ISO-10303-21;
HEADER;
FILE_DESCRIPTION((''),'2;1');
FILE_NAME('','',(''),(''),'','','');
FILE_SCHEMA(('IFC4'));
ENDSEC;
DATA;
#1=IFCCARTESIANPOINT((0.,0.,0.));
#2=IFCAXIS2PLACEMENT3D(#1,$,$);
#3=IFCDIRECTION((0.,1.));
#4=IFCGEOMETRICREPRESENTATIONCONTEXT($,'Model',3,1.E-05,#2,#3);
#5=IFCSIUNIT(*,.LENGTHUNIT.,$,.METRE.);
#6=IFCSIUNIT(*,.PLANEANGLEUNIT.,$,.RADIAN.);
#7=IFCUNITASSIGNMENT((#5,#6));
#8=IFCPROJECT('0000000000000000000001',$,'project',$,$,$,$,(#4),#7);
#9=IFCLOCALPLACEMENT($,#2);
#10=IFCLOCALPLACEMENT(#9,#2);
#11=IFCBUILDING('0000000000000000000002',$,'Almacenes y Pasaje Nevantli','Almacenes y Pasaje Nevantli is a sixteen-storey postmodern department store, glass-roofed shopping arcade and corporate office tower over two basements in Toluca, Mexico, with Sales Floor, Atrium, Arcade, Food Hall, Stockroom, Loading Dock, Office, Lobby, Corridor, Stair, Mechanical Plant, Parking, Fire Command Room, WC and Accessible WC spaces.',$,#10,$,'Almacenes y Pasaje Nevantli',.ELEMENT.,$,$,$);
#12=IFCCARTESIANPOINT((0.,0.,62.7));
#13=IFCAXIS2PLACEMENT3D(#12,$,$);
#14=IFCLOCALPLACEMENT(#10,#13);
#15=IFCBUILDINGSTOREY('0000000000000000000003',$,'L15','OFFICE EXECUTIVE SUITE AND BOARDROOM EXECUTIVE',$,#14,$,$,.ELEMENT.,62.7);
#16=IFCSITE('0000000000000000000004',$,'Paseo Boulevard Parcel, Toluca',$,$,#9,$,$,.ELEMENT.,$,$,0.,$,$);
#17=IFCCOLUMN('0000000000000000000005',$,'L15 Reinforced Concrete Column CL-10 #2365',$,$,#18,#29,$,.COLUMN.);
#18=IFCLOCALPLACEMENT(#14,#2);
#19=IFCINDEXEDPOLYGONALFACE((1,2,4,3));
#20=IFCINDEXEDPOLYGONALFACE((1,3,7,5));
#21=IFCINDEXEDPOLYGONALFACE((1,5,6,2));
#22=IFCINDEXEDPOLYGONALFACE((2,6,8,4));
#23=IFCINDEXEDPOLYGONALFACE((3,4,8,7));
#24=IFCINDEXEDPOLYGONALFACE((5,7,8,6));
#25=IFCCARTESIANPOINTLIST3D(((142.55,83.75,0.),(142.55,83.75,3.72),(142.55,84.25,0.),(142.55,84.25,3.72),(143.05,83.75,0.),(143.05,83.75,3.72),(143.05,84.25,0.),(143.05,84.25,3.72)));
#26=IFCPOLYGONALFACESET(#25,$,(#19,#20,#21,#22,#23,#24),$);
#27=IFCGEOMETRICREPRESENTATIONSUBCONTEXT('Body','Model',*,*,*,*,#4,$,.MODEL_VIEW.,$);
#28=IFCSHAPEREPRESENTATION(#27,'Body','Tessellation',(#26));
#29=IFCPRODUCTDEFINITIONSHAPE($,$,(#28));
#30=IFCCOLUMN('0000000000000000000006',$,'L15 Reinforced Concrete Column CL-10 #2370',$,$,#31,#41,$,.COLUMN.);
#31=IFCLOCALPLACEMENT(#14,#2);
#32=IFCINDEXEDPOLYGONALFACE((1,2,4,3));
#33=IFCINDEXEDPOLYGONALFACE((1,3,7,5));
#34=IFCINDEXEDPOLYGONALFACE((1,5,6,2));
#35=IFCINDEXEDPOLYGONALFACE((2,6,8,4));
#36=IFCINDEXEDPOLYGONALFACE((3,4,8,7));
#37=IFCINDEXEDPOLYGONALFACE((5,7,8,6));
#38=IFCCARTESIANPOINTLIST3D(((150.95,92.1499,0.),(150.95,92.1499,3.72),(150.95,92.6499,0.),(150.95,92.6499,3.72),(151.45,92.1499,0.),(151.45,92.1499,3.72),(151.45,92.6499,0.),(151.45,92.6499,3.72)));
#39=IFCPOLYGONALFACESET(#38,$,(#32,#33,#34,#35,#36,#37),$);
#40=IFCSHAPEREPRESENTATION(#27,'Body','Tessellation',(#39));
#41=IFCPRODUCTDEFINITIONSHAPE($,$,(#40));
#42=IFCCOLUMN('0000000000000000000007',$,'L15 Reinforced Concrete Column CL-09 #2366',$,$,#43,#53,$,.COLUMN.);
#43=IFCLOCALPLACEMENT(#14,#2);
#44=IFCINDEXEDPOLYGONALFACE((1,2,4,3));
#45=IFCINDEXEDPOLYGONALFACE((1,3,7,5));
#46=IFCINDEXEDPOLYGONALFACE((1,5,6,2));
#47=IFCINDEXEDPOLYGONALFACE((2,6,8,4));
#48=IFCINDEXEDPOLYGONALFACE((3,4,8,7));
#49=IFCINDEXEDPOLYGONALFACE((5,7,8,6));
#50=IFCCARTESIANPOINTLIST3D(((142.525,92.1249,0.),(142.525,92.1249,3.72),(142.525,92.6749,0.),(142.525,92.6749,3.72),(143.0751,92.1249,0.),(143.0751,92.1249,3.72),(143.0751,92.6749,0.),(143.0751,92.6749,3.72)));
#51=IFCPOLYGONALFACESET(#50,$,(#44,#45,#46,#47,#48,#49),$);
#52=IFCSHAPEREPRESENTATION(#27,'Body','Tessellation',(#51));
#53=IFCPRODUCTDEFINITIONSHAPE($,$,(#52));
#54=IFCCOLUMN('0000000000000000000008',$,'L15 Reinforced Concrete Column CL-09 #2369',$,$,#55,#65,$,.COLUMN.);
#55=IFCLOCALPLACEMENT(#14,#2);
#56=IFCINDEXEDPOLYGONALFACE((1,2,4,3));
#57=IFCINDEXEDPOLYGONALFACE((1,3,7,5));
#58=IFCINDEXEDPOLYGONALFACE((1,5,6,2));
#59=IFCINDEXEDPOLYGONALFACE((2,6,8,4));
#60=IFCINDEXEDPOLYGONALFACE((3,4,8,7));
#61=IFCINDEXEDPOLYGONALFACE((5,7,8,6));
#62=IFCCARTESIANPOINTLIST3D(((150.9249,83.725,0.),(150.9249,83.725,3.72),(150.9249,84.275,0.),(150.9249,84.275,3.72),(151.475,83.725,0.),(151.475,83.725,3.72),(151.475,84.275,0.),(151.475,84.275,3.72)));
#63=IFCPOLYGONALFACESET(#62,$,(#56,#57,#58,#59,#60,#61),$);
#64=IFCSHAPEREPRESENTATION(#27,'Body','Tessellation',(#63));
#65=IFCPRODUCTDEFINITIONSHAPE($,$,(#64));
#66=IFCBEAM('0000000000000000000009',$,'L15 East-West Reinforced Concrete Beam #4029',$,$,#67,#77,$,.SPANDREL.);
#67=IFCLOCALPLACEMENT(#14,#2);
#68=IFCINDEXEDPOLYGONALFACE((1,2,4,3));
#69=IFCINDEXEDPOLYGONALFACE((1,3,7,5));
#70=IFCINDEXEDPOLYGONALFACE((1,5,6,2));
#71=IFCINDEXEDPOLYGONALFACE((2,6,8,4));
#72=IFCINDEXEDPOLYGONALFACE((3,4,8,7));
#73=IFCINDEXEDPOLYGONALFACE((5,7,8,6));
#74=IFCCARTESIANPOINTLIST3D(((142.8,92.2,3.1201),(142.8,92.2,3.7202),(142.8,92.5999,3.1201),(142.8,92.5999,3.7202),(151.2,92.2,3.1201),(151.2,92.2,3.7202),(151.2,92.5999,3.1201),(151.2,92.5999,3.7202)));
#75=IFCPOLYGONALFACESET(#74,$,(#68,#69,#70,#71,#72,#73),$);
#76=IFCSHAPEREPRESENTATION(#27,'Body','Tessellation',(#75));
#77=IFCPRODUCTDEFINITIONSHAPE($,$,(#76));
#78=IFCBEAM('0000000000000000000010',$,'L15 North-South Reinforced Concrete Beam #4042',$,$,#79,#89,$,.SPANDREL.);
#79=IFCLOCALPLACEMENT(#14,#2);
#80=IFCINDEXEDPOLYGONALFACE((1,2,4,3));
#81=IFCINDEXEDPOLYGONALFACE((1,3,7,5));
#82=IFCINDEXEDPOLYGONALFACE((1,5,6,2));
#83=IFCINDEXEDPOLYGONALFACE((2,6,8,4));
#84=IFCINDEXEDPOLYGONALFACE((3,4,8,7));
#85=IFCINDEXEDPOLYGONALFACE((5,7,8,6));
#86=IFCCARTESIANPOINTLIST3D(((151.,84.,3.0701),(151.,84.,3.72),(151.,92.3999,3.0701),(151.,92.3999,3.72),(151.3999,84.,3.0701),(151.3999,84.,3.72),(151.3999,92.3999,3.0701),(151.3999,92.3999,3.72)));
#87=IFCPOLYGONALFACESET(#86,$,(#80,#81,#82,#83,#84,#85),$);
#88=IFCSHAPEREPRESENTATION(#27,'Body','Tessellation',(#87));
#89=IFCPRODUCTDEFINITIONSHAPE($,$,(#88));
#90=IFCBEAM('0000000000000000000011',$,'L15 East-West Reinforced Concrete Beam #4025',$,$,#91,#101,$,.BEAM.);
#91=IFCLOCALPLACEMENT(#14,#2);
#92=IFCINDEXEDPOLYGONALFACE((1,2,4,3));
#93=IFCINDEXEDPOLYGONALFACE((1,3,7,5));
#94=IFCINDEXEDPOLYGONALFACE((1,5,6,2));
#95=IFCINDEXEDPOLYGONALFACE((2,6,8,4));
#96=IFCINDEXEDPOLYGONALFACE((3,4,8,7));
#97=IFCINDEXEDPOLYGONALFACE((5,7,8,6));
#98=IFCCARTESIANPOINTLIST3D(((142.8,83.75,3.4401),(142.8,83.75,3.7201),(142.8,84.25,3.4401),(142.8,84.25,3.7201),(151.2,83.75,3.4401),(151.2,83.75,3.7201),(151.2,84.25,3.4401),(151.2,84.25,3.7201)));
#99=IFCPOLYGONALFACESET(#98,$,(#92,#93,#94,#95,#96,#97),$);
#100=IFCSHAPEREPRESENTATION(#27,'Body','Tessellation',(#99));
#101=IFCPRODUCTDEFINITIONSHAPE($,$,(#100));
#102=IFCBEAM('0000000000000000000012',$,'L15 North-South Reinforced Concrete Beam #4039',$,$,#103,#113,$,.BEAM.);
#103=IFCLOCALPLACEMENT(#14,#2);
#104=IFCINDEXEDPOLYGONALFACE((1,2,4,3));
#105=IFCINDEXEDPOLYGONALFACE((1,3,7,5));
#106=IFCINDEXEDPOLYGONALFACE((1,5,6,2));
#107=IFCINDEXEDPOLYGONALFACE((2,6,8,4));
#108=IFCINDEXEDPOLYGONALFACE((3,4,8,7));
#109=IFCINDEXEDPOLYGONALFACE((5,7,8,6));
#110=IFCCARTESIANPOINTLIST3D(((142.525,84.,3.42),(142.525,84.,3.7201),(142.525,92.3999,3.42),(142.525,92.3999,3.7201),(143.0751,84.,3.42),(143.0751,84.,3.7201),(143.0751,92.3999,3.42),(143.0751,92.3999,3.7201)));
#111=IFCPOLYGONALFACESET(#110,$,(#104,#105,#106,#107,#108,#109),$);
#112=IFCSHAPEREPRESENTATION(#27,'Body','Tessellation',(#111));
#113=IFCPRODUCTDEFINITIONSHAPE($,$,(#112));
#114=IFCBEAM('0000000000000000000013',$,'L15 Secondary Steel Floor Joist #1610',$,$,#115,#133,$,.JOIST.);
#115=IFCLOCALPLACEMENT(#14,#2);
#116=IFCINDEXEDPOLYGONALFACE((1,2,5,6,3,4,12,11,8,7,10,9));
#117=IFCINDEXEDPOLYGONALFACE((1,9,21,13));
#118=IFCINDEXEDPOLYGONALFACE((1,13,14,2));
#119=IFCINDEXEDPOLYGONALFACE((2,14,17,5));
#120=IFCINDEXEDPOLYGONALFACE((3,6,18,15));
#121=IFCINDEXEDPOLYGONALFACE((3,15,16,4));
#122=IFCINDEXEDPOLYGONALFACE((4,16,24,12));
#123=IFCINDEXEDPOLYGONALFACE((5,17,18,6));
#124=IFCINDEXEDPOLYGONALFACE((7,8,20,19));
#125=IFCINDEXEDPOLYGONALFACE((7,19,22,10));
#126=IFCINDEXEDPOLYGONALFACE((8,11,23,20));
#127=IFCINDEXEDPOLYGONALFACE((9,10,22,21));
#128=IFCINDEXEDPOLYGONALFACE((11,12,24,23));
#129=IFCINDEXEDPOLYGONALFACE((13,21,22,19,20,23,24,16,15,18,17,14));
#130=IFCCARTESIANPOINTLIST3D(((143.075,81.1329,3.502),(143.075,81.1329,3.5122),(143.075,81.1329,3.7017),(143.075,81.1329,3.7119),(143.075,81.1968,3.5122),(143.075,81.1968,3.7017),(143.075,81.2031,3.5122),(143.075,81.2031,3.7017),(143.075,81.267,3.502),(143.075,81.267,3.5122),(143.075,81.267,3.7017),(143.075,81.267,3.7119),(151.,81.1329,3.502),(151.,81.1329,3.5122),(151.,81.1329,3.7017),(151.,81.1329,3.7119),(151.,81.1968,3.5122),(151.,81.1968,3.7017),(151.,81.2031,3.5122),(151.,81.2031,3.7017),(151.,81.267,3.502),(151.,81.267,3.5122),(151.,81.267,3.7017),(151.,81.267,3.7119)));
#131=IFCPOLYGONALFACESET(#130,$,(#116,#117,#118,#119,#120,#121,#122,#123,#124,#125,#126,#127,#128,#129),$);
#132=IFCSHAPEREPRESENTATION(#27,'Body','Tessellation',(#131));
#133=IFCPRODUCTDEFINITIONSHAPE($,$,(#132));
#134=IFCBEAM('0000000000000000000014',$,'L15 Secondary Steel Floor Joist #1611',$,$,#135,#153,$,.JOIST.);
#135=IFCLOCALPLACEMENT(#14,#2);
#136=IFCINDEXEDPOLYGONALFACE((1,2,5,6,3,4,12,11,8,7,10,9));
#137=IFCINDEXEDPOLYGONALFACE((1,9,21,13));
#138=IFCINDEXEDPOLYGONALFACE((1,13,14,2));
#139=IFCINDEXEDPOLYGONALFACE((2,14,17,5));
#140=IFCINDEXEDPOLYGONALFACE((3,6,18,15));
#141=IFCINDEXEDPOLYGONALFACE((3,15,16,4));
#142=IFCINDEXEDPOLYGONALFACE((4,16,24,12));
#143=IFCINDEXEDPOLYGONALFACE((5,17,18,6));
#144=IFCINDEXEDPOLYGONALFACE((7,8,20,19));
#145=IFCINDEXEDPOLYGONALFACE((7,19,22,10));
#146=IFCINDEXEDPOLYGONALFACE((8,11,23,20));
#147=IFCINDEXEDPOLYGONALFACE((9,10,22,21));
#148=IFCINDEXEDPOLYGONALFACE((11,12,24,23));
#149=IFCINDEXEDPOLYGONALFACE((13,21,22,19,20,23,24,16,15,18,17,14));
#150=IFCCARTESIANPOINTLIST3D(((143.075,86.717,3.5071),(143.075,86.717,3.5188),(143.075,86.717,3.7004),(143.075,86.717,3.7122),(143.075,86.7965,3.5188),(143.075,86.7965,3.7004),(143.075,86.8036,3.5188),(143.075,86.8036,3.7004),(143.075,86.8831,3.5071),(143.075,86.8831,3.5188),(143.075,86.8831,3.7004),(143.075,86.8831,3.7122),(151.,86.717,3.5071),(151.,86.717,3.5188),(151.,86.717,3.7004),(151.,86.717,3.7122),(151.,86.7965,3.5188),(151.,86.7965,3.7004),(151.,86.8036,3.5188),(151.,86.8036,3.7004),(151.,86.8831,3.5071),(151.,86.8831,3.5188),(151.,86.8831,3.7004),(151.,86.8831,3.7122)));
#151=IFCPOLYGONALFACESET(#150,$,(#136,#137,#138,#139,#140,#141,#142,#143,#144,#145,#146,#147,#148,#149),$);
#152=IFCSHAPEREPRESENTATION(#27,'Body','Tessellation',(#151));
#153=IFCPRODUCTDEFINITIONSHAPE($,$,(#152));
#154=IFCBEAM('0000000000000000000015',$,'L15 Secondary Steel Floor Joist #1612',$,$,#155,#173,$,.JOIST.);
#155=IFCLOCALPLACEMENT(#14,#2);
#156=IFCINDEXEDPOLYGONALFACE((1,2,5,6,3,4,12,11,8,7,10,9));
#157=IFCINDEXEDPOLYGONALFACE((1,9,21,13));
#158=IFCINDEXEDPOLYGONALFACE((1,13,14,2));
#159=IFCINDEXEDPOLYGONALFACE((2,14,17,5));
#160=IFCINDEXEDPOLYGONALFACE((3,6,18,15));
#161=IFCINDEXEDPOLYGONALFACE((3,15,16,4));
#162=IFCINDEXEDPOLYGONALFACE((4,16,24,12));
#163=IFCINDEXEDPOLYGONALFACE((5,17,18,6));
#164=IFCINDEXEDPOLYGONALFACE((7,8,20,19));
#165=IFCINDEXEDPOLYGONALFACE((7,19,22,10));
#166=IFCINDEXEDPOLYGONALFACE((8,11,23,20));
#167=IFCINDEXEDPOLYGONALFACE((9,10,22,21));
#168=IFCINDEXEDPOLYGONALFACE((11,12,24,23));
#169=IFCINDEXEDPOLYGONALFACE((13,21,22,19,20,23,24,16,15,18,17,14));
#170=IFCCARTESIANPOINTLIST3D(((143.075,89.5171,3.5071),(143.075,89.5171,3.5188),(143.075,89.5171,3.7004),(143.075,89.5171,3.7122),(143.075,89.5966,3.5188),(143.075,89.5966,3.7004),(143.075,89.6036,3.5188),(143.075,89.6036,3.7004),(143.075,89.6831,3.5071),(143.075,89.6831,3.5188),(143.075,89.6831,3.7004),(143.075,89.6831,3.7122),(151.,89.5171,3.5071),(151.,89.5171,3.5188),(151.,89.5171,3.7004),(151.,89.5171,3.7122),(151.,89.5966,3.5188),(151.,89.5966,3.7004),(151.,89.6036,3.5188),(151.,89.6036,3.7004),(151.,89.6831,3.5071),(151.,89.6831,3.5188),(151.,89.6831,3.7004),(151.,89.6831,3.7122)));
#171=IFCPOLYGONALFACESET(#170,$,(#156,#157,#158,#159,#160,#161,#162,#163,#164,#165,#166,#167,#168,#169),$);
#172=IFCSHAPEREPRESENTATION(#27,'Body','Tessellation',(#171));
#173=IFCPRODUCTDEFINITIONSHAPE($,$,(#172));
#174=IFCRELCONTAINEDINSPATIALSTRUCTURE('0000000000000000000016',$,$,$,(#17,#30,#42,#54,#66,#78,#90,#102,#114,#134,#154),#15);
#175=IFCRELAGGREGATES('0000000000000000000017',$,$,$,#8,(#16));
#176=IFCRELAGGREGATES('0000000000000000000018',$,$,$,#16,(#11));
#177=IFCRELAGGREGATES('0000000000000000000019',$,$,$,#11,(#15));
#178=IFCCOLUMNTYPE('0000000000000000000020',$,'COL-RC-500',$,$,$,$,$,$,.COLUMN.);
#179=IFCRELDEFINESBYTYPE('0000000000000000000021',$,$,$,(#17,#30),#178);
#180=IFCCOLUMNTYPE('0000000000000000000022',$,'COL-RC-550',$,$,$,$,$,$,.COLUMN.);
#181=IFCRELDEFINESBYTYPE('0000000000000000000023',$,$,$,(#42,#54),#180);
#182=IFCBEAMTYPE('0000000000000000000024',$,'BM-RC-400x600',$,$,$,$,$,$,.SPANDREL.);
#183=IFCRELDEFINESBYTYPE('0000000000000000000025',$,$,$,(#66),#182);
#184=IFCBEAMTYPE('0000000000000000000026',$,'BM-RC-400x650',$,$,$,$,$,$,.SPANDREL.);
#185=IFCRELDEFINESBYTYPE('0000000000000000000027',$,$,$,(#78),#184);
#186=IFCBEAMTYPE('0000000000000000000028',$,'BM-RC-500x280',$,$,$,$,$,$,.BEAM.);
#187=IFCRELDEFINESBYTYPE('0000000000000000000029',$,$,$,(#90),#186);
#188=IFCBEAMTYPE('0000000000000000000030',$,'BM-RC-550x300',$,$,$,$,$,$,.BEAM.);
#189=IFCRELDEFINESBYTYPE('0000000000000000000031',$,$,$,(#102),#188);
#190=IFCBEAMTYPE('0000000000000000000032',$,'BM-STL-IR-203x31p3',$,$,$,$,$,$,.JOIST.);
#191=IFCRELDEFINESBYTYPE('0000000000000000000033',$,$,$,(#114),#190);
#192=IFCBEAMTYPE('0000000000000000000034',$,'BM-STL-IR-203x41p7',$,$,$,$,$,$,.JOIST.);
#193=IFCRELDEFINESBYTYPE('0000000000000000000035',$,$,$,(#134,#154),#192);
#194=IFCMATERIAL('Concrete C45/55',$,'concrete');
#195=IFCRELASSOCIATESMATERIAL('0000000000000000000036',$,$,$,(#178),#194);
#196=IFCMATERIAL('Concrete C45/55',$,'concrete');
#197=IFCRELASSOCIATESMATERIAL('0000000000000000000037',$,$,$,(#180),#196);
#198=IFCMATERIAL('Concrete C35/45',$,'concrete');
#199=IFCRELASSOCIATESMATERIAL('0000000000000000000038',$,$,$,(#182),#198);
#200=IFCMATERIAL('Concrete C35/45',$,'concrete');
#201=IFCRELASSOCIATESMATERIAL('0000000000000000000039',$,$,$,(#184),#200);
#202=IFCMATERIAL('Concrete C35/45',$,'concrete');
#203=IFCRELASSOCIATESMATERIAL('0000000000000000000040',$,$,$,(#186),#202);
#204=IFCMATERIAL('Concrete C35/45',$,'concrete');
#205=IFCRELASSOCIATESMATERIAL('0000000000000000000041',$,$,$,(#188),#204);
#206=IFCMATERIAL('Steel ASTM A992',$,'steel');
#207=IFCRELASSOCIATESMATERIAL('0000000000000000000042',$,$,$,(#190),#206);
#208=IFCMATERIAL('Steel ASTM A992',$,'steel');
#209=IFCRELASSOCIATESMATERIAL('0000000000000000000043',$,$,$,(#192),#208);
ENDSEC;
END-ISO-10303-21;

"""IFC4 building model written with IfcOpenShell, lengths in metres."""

from ifc_helpers import new_model, si_unit, direction, frame, origin, origin_2d, place, context, subcontext, project, spatial, rectangle, i_section, extrude, material, material_profile, profile_set, type_object, element, save


model = new_model("IFC4")

# Units and contexts
model_context = context("Model", 3, precision=1e-05, world=origin(), true_north=direction((0.0, 1.0)))
body_context = subcontext(model_context, "Body", "Model", "MODEL_VIEW")
ifc_project = project(units=[si_unit("LENGTHUNIT", "METRE"), si_unit("PLANEANGLEUNIT", "RADIAN")], contexts=[model_context])

# Site, building, storey
site_placement = place(None, origin())
site = spatial("IfcSite", under=ifc_project, at=site_placement, Name="Paseo Boulevard Parcel, Toluca", CompositionType="ELEMENT", RefElevation=0.0)
building_placement = place(site_placement, origin())
building = spatial("IfcBuilding", under=site, at=building_placement, Name="Almacenes y Pasaje Nevantli", Description="Almacenes y Pasaje Nevantli is a sixteen-storey postmodern department store, glass-roofed shopping arcade and corporate office tower over two basements in Toluca, Mexico, with Sales Floor, Atrium, Arcade, Food Hall, Stockroom, Loading Dock, Office, Lobby, Corridor, Stair, Mechanical Plant, Parking, Fire Command Room, WC and Accessible WC spaces.", LongName="Almacenes y Pasaje Nevantli", CompositionType="ELEMENT")
storey_placement = place(building_placement, frame((0.0, 0.0, 62.7)))
storey = spatial("IfcBuildingStorey", under=building, at=storey_placement, Name="L15", Description="OFFICE EXECUTIVE SUITE AND BOARDROOM EXECUTIVE", CompositionType="ELEMENT", Elevation=62.7)

# Columns
ifc_material_1 = material(Name="Concrete C45/55", Category="concrete")
ifc_material_profile_1 = material_profile(ifc_material_1, rectangle(XDim=0.5, YDim=0.5, at=origin_2d()), Name="RC-COL-500x500")
ifc_profile_set_1 = profile_set([ifc_material_profile_1], Name="Concrete C45/55")
column_type_1 = type_object("IfcColumnType", Name="COL-RC-500", PredefinedType="COLUMN", material=ifc_profile_set_1)
for number, where, z_axis, x_axis, name in (
    (1, (142.8, 84.0, 0.0), (0.0, 0.0, 1.0), (1.0, 0.0, 0.0), "L15 Reinforced Concrete Column CL-10 #2365"),
    (2, (151.2, 92.3999, 0.0), (0.0, 0.0, 1.0), (1.0, 0.0, 0.0), "L15 Reinforced Concrete Column CL-10 #2370"),
):
    element("IfcColumn", number, at=place(storey_placement, frame(where, z_axis=z_axis, x_axis=x_axis)), inside=storey, type_object=column_type_1, Name=name, PredefinedType="COLUMN", context=body_context, shape_type="SweptSolid", body=[
        extrude(rectangle(XDim=0.5, YDim=0.5, at=origin_2d()), origin(), (0.0, 0.0, 1.0), 3.72),
    ])
ifc_material_2 = material(Name="Concrete C45/55", Category="concrete")
ifc_material_profile_2 = material_profile(ifc_material_2, rectangle(XDim=0.55, YDim=0.55, at=origin_2d()), Name="RC-COL-550x550")
ifc_profile_set_2 = profile_set([ifc_material_profile_2], Name="Concrete C45/55")
column_type_2 = type_object("IfcColumnType", Name="COL-RC-550", PredefinedType="COLUMN", material=ifc_profile_set_2)
for number, where, z_axis, x_axis, name in (
    (3, (142.8, 92.3999, 0.0), (0.0, 0.0, 1.0), (1.0, 0.0, 0.0), "L15 Reinforced Concrete Column CL-09 #2366"),
    (4, (151.2, 84.0, 0.0), (0.0, 0.0, 1.0), (1.0, 0.0, 0.0), "L15 Reinforced Concrete Column CL-09 #2369"),
):
    element("IfcColumn", number, at=place(storey_placement, frame(where, z_axis=z_axis, x_axis=x_axis)), inside=storey, type_object=column_type_2, Name=name, PredefinedType="COLUMN", context=body_context, shape_type="SweptSolid", body=[
        extrude(rectangle(XDim=0.55, YDim=0.55, at=origin_2d()), origin(), (0.0, 0.0, 1.0), 3.72),
    ])

# Beams
ifc_material_3 = material(Name="Concrete C35/45", Category="concrete")
ifc_material_profile_3 = material_profile(ifc_material_3, rectangle(XDim=0.3999, YDim=0.6001, at=origin_2d()), Name="RC-BM-400x600")
ifc_profile_set_3 = profile_set([ifc_material_profile_3], Name="Concrete C35/45")
beam_type_1 = type_object("IfcBeamType", Name="BM-RC-400x600", PredefinedType="SPANDREL", material=ifc_profile_set_3)
beam_1_placement = place(storey_placement, frame((142.8, 92.3999, 3.4202), z_axis=(1.0, 0.0, 0.0), x_axis=(0.0, 1.0, 0.0)))
element("IfcBeam", 5, at=beam_1_placement, inside=storey, type_object=beam_type_1, Name="L15 East-West Reinforced Concrete Beam #4029", PredefinedType="SPANDREL", context=body_context, shape_type="SweptSolid", body=[
    extrude(rectangle(XDim=0.3999, YDim=0.6001, at=origin_2d()), origin(), (0.0, 0.0, 1.0), 8.3999),
])
ifc_material_4 = material(Name="Concrete C35/45", Category="concrete")
ifc_material_profile_4 = material_profile(ifc_material_4, rectangle(XDim=0.3999, YDim=0.6499, at=origin_2d()), Name="RC-BM-400x650")
ifc_profile_set_4 = profile_set([ifc_material_profile_4], Name="Concrete C35/45")
beam_type_2 = type_object("IfcBeamType", Name="BM-RC-400x650", PredefinedType="SPANDREL", material=ifc_profile_set_4)
beam_2_placement = place(storey_placement, frame((151.2, 84.0, 3.395), z_axis=(0.0, 1.0, 0.0), x_axis=(-1.0, 0.0, 0.0)))
element("IfcBeam", 6, at=beam_2_placement, inside=storey, type_object=beam_type_2, Name="L15 North-South Reinforced Concrete Beam #4042", PredefinedType="SPANDREL", context=body_context, shape_type="SweptSolid", body=[
    extrude(rectangle(XDim=0.3999, YDim=0.6499, at=origin_2d()), origin(), (0.0, 0.0, 1.0), 8.3999),
])
ifc_material_5 = material(Name="Concrete C35/45", Category="concrete")
ifc_material_profile_5 = material_profile(ifc_material_5, rectangle(XDim=0.5, YDim=0.28, at=origin_2d()), Name="RC-BM-500x280")
ifc_profile_set_5 = profile_set([ifc_material_profile_5], Name="Concrete C35/45")
beam_type_3 = type_object("IfcBeamType", Name="BM-RC-500x280", PredefinedType="BEAM", material=ifc_profile_set_5)
beam_3_placement = place(storey_placement, frame((142.8, 84.0, 3.5801), z_axis=(1.0, 0.0, 0.0), x_axis=(0.0, 1.0, 0.0)))
element("IfcBeam", 7, at=beam_3_placement, inside=storey, type_object=beam_type_3, Name="L15 East-West Reinforced Concrete Beam #4025", PredefinedType="BEAM", context=body_context, shape_type="SweptSolid", body=[
    extrude(rectangle(XDim=0.5, YDim=0.28, at=origin_2d()), origin(), (0.0, 0.0, 1.0), 8.3999),
])
ifc_material_6 = material(Name="Concrete C35/45", Category="concrete")
ifc_material_profile_6 = material_profile(ifc_material_6, rectangle(XDim=0.55, YDim=0.3, at=origin_2d()), Name="RC-BM-550x300")
ifc_profile_set_6 = profile_set([ifc_material_profile_6], Name="Concrete C35/45")
beam_type_4 = type_object("IfcBeamType", Name="BM-RC-550x300", PredefinedType="BEAM", material=ifc_profile_set_6)
beam_4_placement = place(storey_placement, frame((142.8, 84.0, 3.5701), z_axis=(0.0, 1.0, 0.0), x_axis=(-1.0, 0.0, 0.0)))
element("IfcBeam", 8, at=beam_4_placement, inside=storey, type_object=beam_type_4, Name="L15 North-South Reinforced Concrete Beam #4039", PredefinedType="BEAM", context=body_context, shape_type="SweptSolid", body=[
    extrude(rectangle(XDim=0.55, YDim=0.3, at=origin_2d()), origin(), (0.0, 0.0, 1.0), 8.3999),
])
ifc_material_7 = material(Name="Steel ASTM A992", Category="steel")
ifc_material_profile_7 = material_profile(ifc_material_7, i_section(OverallWidth=0.134, OverallDepth=0.21, WebThickness=0.0063, FlangeThickness=0.0103, at=origin_2d()), Name="IR 203x31.3")
ifc_profile_set_7 = profile_set([ifc_material_profile_7], Name="Steel ASTM A992")
beam_type_5 = type_object("IfcBeamType", Name="BM-STL-IR-203x31p3", PredefinedType="JOIST", material=ifc_profile_set_7)
beam_5_placement = place(storey_placement, frame((143.075, 81.2, 3.6069), z_axis=(1.0, 0.0, 0.0), x_axis=(0.0, 1.0, 0.0)))
element("IfcBeam", 9, at=beam_5_placement, inside=storey, type_object=beam_type_5, Name="L15 Secondary Steel Floor Joist #1610", PredefinedType="JOIST", context=body_context, shape_type="SweptSolid", body=[
    extrude(i_section(OverallWidth=0.134, OverallDepth=0.21, WebThickness=0.0063, FlangeThickness=0.0103, at=origin_2d()), origin(), (0.0, 0.0, 1.0), 7.925),
])
ifc_material_8 = material(Name="Steel ASTM A992", Category="steel")
ifc_material_profile_8 = material_profile(ifc_material_8, i_section(OverallWidth=0.166, OverallDepth=0.2051, WebThickness=0.0071, FlangeThickness=0.0117, at=origin_2d()), Name="IR 203x41.7")
ifc_profile_set_8 = profile_set([ifc_material_profile_8], Name="Steel ASTM A992")
beam_type_6 = type_object("IfcBeamType", Name="BM-STL-IR-203x41p7", PredefinedType="JOIST", material=ifc_profile_set_8)
for number, where, z_axis, x_axis, name in (
    (10, (143.075, 86.8, 3.6096), (1.0, 0.0, 0.0), (0.0, 1.0, 0.0), "L15 Secondary Steel Floor Joist #1611"),
    (11, (143.075, 89.6001, 3.6096), (1.0, 0.0, 0.0), (0.0, 1.0, 0.0), "L15 Secondary Steel Floor Joist #1612"),
):
    element("IfcBeam", number, at=place(storey_placement, frame(where, z_axis=z_axis, x_axis=x_axis)), inside=storey, type_object=beam_type_6, Name=name, PredefinedType="JOIST", context=body_context, shape_type="SweptSolid", body=[
        extrude(i_section(OverallWidth=0.166, OverallDepth=0.2051, WebThickness=0.0071, FlangeThickness=0.0117, at=origin_2d()), origin(), (0.0, 0.0, 1.0), 7.925),
    ])

save(model, "model.ifc")
